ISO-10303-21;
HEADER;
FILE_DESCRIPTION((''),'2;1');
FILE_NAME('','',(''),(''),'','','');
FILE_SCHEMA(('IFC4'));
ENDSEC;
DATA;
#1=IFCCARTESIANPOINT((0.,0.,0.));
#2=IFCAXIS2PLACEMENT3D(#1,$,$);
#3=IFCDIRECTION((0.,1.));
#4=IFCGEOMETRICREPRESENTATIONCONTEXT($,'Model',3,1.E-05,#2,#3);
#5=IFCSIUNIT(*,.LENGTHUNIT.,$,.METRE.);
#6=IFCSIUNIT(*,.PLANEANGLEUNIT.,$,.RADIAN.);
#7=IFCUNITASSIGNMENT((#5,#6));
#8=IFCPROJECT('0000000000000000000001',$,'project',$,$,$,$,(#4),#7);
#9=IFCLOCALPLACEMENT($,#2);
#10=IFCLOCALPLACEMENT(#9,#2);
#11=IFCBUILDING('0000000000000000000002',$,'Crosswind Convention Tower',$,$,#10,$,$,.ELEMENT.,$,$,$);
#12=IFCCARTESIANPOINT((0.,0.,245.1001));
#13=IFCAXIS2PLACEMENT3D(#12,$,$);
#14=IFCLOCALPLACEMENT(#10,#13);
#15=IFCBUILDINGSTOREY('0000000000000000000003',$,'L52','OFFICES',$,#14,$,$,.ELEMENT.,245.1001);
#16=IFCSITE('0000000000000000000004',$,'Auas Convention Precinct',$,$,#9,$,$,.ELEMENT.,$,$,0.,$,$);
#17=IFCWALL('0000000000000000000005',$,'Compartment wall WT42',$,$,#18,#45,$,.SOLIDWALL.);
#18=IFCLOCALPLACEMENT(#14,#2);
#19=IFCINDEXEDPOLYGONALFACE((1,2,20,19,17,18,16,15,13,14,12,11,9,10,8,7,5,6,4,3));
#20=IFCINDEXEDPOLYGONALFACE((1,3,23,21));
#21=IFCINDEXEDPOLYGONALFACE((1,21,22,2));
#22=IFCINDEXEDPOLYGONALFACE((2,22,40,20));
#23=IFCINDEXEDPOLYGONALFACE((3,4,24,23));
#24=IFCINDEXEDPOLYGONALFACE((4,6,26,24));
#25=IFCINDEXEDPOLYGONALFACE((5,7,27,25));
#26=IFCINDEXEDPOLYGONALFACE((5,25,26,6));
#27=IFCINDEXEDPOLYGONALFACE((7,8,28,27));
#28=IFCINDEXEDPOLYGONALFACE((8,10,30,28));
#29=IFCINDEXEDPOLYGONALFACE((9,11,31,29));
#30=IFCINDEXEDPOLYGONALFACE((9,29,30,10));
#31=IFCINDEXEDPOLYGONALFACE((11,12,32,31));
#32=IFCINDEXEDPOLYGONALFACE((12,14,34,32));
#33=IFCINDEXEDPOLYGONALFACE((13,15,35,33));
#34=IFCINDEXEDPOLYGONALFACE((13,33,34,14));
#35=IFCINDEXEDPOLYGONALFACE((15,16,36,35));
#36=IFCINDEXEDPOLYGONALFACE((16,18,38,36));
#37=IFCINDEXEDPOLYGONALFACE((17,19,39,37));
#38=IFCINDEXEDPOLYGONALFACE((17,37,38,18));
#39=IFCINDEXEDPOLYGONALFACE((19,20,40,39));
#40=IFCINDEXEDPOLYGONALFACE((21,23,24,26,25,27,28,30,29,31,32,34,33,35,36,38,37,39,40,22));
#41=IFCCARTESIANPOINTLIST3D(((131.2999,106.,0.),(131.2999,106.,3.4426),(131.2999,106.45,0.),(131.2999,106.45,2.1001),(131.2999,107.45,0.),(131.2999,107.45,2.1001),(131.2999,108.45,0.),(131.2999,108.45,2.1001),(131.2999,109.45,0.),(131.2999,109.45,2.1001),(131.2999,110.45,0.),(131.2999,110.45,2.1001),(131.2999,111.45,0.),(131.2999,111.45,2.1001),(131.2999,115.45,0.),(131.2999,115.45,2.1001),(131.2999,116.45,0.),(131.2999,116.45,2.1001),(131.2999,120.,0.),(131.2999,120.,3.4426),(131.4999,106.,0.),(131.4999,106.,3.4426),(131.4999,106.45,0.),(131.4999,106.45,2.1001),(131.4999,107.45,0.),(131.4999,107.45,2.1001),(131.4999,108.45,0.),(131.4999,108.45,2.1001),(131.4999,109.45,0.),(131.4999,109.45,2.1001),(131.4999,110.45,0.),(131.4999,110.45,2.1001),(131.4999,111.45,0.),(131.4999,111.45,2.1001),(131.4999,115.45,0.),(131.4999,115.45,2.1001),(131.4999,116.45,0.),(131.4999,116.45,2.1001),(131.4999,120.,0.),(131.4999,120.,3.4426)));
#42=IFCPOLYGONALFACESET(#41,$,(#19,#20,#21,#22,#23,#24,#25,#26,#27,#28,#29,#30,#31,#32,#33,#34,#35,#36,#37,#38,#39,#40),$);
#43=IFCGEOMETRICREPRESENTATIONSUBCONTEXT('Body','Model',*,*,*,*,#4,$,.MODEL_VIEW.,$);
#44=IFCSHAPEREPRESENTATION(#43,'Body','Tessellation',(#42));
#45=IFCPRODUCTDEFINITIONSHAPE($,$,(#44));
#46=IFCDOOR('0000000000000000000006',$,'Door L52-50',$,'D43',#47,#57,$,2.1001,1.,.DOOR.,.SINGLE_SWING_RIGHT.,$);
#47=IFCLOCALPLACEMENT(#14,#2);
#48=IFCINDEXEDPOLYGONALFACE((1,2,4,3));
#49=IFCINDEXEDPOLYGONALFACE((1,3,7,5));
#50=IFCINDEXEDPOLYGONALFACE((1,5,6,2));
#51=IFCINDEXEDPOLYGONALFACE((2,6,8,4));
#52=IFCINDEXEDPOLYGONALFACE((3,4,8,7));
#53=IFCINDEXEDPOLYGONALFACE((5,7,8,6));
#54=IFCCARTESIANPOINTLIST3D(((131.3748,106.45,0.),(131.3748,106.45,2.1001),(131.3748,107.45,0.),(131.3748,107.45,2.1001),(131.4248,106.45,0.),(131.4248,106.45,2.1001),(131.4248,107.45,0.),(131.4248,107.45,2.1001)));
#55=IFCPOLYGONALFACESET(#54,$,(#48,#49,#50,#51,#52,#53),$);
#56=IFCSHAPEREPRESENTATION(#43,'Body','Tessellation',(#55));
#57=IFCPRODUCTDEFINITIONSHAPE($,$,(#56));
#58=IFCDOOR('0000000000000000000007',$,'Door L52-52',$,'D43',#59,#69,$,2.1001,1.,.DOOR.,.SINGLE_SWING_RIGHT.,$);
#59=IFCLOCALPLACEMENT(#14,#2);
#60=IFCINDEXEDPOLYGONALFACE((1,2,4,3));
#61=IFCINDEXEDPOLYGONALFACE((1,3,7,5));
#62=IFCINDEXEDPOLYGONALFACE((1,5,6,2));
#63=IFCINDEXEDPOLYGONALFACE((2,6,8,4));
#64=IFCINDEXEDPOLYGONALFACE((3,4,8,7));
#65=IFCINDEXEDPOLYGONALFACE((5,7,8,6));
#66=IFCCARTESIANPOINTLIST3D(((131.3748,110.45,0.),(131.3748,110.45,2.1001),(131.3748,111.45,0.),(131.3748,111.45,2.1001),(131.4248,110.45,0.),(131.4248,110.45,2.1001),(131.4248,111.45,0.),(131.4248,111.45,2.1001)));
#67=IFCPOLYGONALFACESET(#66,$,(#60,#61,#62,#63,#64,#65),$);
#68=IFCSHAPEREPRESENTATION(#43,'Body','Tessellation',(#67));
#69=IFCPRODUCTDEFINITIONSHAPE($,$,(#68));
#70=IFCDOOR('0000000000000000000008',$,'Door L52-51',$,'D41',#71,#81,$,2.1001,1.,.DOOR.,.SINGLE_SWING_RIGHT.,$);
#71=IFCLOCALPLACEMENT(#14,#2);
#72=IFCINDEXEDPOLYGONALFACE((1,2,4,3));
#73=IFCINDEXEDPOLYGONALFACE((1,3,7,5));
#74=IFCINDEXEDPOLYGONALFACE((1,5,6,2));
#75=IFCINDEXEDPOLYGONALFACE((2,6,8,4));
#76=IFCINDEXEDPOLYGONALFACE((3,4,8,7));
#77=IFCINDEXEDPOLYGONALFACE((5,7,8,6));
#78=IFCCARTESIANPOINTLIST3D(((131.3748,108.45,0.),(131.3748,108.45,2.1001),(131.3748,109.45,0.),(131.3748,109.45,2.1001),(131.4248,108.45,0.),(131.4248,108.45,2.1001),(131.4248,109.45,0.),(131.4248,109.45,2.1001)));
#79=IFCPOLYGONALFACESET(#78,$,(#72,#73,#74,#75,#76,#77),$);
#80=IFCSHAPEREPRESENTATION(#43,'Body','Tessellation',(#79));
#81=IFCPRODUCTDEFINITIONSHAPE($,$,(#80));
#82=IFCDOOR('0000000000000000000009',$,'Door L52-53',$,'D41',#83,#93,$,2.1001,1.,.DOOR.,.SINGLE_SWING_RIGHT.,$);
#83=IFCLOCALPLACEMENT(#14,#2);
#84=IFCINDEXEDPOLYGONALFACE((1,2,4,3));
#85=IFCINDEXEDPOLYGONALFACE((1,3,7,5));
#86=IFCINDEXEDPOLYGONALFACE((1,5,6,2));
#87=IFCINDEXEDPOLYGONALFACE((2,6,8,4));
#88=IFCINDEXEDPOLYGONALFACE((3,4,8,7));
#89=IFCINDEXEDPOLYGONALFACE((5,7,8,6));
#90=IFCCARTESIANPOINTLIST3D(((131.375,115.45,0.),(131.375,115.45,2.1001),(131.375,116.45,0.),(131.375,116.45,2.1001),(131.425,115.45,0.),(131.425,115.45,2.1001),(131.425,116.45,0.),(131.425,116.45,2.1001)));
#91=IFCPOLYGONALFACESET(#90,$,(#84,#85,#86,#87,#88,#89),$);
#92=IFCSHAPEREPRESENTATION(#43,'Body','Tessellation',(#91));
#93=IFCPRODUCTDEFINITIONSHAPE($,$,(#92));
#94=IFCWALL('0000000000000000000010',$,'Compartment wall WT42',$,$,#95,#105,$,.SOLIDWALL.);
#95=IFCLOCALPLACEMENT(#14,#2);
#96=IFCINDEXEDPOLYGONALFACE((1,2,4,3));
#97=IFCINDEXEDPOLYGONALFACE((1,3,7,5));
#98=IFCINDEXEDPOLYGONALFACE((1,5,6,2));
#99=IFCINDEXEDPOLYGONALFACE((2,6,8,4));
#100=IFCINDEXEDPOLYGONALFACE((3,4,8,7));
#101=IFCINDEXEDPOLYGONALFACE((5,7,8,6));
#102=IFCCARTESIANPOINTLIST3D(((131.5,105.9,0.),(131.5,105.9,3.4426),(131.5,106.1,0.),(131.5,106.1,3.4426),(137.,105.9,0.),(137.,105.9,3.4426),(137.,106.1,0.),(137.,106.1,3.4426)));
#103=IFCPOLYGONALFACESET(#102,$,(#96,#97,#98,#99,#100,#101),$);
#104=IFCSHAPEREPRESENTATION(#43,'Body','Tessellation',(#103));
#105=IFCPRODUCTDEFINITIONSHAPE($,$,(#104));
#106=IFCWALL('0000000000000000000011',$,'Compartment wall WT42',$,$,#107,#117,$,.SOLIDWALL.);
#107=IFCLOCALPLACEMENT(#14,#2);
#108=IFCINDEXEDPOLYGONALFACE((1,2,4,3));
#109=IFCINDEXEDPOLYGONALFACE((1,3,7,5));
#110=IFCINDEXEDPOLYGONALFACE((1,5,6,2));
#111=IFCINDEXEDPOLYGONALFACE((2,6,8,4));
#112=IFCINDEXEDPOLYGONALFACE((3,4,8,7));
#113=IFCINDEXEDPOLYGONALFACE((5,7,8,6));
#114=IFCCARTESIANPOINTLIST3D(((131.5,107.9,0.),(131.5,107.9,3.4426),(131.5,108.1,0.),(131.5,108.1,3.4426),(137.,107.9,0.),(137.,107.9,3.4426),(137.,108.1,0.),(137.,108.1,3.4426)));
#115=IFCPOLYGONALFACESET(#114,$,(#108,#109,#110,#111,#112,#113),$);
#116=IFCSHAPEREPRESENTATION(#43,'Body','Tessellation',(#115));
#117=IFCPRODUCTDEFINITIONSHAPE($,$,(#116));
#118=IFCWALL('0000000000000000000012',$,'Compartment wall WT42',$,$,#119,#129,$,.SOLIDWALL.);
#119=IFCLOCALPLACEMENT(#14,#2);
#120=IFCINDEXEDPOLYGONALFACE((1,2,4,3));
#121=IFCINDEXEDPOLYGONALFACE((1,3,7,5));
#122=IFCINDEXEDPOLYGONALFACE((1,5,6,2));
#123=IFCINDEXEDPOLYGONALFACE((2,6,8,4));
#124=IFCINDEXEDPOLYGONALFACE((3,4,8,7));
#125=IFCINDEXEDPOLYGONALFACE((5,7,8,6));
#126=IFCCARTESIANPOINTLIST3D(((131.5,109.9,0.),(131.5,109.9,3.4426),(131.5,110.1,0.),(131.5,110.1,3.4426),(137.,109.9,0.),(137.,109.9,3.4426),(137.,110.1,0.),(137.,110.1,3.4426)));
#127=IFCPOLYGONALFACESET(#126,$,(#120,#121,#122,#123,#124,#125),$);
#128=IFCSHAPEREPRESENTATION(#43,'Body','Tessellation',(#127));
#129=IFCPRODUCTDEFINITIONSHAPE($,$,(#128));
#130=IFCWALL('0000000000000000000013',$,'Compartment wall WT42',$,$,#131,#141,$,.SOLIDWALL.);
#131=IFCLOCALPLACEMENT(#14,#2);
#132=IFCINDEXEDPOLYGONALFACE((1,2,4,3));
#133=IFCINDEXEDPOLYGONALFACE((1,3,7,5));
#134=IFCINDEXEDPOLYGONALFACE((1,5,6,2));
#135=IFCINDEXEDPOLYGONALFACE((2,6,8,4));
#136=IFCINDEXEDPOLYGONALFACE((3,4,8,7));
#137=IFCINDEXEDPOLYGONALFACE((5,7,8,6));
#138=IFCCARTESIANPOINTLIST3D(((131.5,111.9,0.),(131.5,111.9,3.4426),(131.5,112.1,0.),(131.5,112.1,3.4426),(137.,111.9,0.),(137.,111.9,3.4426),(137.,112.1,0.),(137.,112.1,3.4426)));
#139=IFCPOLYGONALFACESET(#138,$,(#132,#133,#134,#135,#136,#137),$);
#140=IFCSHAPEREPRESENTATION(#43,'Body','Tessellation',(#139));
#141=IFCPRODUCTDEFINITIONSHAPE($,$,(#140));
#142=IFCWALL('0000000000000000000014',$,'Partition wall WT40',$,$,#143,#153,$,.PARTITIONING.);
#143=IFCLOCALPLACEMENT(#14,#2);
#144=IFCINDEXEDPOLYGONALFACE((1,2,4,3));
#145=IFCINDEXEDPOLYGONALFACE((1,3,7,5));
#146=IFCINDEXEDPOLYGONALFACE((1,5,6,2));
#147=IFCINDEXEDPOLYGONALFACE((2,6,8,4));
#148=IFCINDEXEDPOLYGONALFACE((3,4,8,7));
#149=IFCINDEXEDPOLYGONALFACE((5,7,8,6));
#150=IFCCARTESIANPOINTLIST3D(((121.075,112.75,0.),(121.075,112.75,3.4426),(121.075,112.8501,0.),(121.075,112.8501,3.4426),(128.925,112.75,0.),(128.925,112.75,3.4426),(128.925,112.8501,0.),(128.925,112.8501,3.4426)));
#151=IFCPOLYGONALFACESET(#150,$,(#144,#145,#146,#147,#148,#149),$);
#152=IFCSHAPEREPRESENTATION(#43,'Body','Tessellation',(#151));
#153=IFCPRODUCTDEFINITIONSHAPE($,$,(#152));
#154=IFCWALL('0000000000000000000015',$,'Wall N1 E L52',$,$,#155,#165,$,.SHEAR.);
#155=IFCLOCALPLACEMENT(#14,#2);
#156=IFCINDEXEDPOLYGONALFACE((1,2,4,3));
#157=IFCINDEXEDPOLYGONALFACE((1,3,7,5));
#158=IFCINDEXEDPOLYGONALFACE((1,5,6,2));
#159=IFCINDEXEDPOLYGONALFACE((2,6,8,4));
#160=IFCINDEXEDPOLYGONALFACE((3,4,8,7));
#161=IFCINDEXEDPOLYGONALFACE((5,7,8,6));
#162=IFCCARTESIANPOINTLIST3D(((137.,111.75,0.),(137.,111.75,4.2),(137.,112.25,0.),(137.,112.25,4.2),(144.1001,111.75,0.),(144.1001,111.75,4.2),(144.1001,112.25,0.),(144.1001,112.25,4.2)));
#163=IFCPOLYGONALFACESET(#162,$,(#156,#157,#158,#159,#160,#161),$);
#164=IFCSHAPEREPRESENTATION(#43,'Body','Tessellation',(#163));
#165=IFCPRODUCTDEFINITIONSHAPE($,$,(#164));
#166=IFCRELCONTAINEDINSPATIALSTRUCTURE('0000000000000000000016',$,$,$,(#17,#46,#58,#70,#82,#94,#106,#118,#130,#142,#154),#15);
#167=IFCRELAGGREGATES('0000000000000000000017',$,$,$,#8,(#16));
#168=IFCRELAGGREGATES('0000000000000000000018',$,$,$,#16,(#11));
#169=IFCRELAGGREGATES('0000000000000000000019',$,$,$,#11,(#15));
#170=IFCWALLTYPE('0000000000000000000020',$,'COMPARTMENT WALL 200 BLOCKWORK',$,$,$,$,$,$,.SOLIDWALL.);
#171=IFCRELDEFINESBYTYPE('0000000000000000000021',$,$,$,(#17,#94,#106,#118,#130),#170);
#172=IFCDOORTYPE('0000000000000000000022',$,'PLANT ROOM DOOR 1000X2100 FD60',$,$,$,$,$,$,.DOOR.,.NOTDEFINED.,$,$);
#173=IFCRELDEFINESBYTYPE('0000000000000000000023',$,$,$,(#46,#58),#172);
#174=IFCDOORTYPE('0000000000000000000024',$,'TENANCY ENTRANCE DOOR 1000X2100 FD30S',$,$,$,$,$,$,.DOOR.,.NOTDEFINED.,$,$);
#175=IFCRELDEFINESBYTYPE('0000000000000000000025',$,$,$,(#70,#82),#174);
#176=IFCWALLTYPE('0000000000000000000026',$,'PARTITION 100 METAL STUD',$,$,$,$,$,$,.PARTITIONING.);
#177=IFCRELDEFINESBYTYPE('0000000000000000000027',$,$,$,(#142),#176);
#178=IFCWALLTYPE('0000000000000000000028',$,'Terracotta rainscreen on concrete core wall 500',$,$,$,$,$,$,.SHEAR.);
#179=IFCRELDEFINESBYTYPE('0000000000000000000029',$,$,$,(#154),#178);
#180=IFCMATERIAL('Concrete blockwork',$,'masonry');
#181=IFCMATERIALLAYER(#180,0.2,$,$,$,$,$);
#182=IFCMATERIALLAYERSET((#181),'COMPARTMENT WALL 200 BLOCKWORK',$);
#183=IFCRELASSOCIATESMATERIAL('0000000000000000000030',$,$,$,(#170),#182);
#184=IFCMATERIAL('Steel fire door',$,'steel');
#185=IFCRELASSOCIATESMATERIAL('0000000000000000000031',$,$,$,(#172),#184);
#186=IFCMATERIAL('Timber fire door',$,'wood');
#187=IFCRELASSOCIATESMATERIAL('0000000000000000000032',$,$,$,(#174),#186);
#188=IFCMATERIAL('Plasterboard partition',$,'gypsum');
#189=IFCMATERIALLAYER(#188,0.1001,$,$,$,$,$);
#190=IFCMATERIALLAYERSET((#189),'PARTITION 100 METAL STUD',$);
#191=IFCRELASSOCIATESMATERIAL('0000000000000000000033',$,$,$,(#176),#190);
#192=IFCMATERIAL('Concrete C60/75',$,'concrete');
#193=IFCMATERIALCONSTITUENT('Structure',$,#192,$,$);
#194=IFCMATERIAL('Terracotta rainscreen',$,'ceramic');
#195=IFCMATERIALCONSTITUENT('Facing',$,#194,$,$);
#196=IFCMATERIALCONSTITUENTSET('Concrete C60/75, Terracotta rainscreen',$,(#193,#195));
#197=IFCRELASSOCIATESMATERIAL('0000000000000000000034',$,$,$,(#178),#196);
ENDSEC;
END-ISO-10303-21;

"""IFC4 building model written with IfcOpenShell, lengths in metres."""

from ifc_helpers import new_model, si_unit, direction, frame, frame_2d, origin, place, context, subcontext, project, spatial, rectangle, extrude, material, layer, layer_set, constituent, constituent_set, type_object, element, fill, save


model = new_model("IFC4")

# Units and contexts
model_context = context("Model", 3, precision=1e-05, world=origin(), true_north=direction((0.0, 1.0)))
body_context = subcontext(model_context, "Body", "Model", "MODEL_VIEW")
ifc_project = project(units=[si_unit("LENGTHUNIT", "METRE"), si_unit("PLANEANGLEUNIT", "RADIAN")], contexts=[model_context])

# Site, building, storey
site_placement = place(None, origin())
site = spatial("IfcSite", under=ifc_project, at=site_placement, Name="Auas Convention Precinct", CompositionType="ELEMENT", RefElevation=0.0)
building_placement = place(site_placement, origin())
building = spatial("IfcBuilding", under=site, at=building_placement, Name="Crosswind Convention Tower", CompositionType="ELEMENT")
storey_placement = place(building_placement, frame((0.0, 0.0, 245.1001)))
storey = spatial("IfcBuildingStorey", under=building, at=storey_placement, Name="L52", Description="OFFICES", CompositionType="ELEMENT", Elevation=245.1001)

# Shared definitions
ifc_material_1 = material(Name="Concrete C60/75", Category="concrete")

# Wall, openings, doors
ifc_material_2 = material(Name="Concrete blockwork", Category="masonry")
ifc_layer_1 = layer(ifc_material_2, 0.2)
ifc_layer_set_1 = layer_set([ifc_layer_1], Name="COMPARTMENT WALL 200 BLOCKWORK")
wall_type_1 = type_object("IfcWallType", Name="COMPARTMENT WALL 200 BLOCKWORK", PredefinedType="SOLIDWALL", material=ifc_layer_set_1)
wall_1_placement = place(storey_placement, frame((131.3999, 106.0, 0.0), z_axis=(0.0, 0.0, 1.0), x_axis=(0.0, 1.0, 0.0)))
wall_1 = element("IfcWall", 1, at=wall_1_placement, inside=storey, type_object=wall_type_1, Name="Compartment wall WT42", PredefinedType="SOLIDWALL", context=body_context, shape_type="SweptSolid", body=[
    extrude(rectangle(XDim=14.0, YDim=0.2, at=frame_2d((7.0, 0.0))), origin(), (0.0, 0.0, 1.0), 3.4426),
])
opening_1_placement = place(wall_1_placement, frame((0.45, 0.0, 0.0)))
opening_1 = element("IfcOpeningElement", 2, at=opening_1_placement, cuts=wall_1, PredefinedType="OPENING", context=body_context, shape_type="SweptSolid", body=[
    extrude(rectangle(XDim=1.0, YDim=2.1001, at=frame_2d((0.5, 1.05))), frame((0.0, 0.1099, 0.0), z_axis=(0.0, -1.0, 0.0), x_axis=(1.0, 0.0, 0.0)), (0.0, 0.0, 1.0), 0.22),
])
opening_2_placement = place(wall_1_placement, frame((2.45, 0.0, 0.0)))
opening_2 = element("IfcOpeningElement", 3, at=opening_2_placement, cuts=wall_1, PredefinedType="OPENING", context=body_context, shape_type="SweptSolid", body=[
    extrude(rectangle(XDim=1.0, YDim=2.1001, at=frame_2d((0.5, 1.05))), frame((0.0, 0.1099, 0.0), z_axis=(0.0, -1.0, 0.0), x_axis=(1.0, 0.0, 0.0)), (0.0, 0.0, 1.0), 0.22),
])
opening_3_placement = place(wall_1_placement, frame((4.45, 0.0, 0.0)))
opening_3 = element("IfcOpeningElement", 4, at=opening_3_placement, cuts=wall_1, PredefinedType="OPENING", context=body_context, shape_type="SweptSolid", body=[
    extrude(rectangle(XDim=1.0, YDim=2.1001, at=frame_2d((0.5, 1.05))), frame((0.0, 0.1099, 0.0), z_axis=(0.0, -1.0, 0.0), x_axis=(1.0, 0.0, 0.0)), (0.0, 0.0, 1.0), 0.22),
])
opening_4_placement = place(wall_1_placement, frame((9.45, 0.0, 0.0)))
opening_4 = element("IfcOpeningElement", 5, at=opening_4_placement, cuts=wall_1, PredefinedType="OPENING", context=body_context, shape_type="SweptSolid", body=[
    extrude(rectangle(XDim=1.0, YDim=2.1001, at=frame_2d((0.5, 1.05))), frame((0.0, 0.1099, 0.0), z_axis=(0.0, -1.0, 0.0), x_axis=(1.0, 0.0, 0.0)), (0.0, 0.0, 1.0), 0.22),
])
ifc_material_3 = material(Name="Steel fire door", Category="steel")
door_type_1 = type_object("IfcDoorType", Name="PLANT ROOM DOOR 1000X2100 FD60", OperationType="NOTDEFINED", PredefinedType="DOOR", material=ifc_material_3)
door_1_placement = place(opening_1_placement, frame((1.0, 0.0, 0.0), z_axis=(0.0, 0.0, 1.0), x_axis=(-1.0, 0.0, 0.0)))
door_1 = element("IfcDoor", 6, at=door_1_placement, inside=storey, type_object=door_type_1, Name="Door L52-50", ObjectType="D43", OperationType="SINGLE_SWING_RIGHT", OverallHeight=2.1001, OverallWidth=1.0, PredefinedType="DOOR", context=body_context, shape_type="SweptSolid", body=[
    extrude(rectangle(XDim=1.0, YDim=2.1001, at=frame_2d((0.5, 1.05))), frame((0.0, 0.0249, 0.0), z_axis=(0.0, -1.0, 0.0), x_axis=(1.0, 0.0, 0.0)), (0.0, 0.0, 1.0), 0.05),
])
fill(opening_1, door_1)
door_2_placement = place(opening_3_placement, frame((1.0, 0.0, 0.0), z_axis=(0.0, 0.0, 1.0), x_axis=(-1.0, 0.0, 0.0)))
door_2 = element("IfcDoor", 7, at=door_2_placement, inside=storey, type_object=door_type_1, Name="Door L52-52", ObjectType="D43", OperationType="SINGLE_SWING_RIGHT", OverallHeight=2.1001, OverallWidth=1.0, PredefinedType="DOOR", context=body_context, shape_type="SweptSolid", body=[
    extrude(rectangle(XDim=1.0, YDim=2.1001, at=frame_2d((0.5, 1.05))), frame((0.0, 0.0249, 0.0), z_axis=(0.0, -1.0, 0.0), x_axis=(1.0, 0.0, 0.0)), (0.0, 0.0, 1.0), 0.05),
])
fill(opening_3, door_2)
ifc_material_4 = material(Name="Timber fire door", Category="wood")
door_type_2 = type_object("IfcDoorType", Name="TENANCY ENTRANCE DOOR 1000X2100 FD30S", OperationType="NOTDEFINED", PredefinedType="DOOR", material=ifc_material_4)
door_3_placement = place(opening_2_placement, frame((1.0, 0.0, 0.0), z_axis=(0.0, 0.0, 1.0), x_axis=(-1.0, 0.0, 0.0)))
door_3 = element("IfcDoor", 8, at=door_3_placement, inside=storey, type_object=door_type_2, Name="Door L52-51", ObjectType="D41", OperationType="SINGLE_SWING_RIGHT", OverallHeight=2.1001, OverallWidth=1.0, PredefinedType="DOOR", context=body_context, shape_type="SweptSolid", body=[
    extrude(rectangle(XDim=1.0, YDim=2.1001, at=frame_2d((0.5, 1.05))), frame((0.0, 0.0249, 0.0), z_axis=(0.0, -1.0, 0.0), x_axis=(1.0, 0.0, 0.0)), (0.0, 0.0, 1.0), 0.05),
])
fill(opening_2, door_3)
door_4_placement = place(opening_4_placement, origin())
door_4 = element("IfcDoor", 9, at=door_4_placement, inside=storey, type_object=door_type_2, Name="Door L52-53", ObjectType="D41", OperationType="SINGLE_SWING_RIGHT", OverallHeight=2.1001, OverallWidth=1.0, PredefinedType="DOOR", context=body_context, shape_type="SweptSolid", body=[
    extrude(rectangle(XDim=1.0, YDim=2.1001, at=frame_2d((0.5, 1.05))), frame((0.0, 0.0249, 0.0), z_axis=(0.0, -1.0, 0.0), x_axis=(1.0, 0.0, 0.0)), (0.0, 0.0, 1.0), 0.05),
])
fill(opening_4, door_4)

# Walls
for number, where, z_axis, x_axis, name in (
    (10, (131.5, 106.0, 0.0), (0.0, 0.0, 1.0), (1.0, 0.0, 0.0), "Compartment wall WT42"),
    (11, (131.5, 108.0, 0.0), (0.0, 0.0, 1.0), (1.0, 0.0, 0.0), "Compartment wall WT42"),
    (12, (131.5, 110.0, 0.0), (0.0, 0.0, 1.0), (1.0, 0.0, 0.0), "Compartment wall WT42"),
    (13, (131.5, 112.0, 0.0), (0.0, 0.0, 1.0), (1.0, 0.0, 0.0), "Compartment wall WT42"),
):
    element("IfcWall", number, at=place(storey_placement, frame(where, z_axis=z_axis, x_axis=x_axis)), inside=storey, type_object=wall_type_1, Name=name, PredefinedType="SOLIDWALL", context=body_context, shape_type="SweptSolid", body=[
        extrude(rectangle(XDim=5.5, YDim=0.2, at=frame_2d((2.75, 0.0))), origin(), (0.0, 0.0, 1.0), 3.4426),
    ])
ifc_material_5 = material(Name="Plasterboard partition", Category="gypsum")
ifc_layer_2 = layer(ifc_material_5, 0.1001)
ifc_layer_set_2 = layer_set([ifc_layer_2], Name="PARTITION 100 METAL STUD")
wall_type_2 = type_object("IfcWallType", Name="PARTITION 100 METAL STUD", PredefinedType="PARTITIONING", material=ifc_layer_set_2)
wall_2_placement = place(storey_placement, frame((121.075, 112.8, 0.0), z_axis=(0.0, 0.0, 1.0), x_axis=(1.0, 0.0, 0.0)))
element("IfcWall", 14, at=wall_2_placement, inside=storey, type_object=wall_type_2, Name="Partition wall WT40", PredefinedType="PARTITIONING", context=body_context, shape_type="SweptSolid", body=[
    extrude(rectangle(XDim=7.8501, YDim=0.1001, at=frame_2d((3.925, 0.0))), origin(), (0.0, 0.0, 1.0), 3.4426),
])
ifc_constituent_1 = constituent(ifc_material_1, Name="Structure")
ifc_material_6 = material(Name="Terracotta rainscreen", Category="ceramic")
ifc_constituent_2 = constituent(ifc_material_6, Name="Facing")
ifc_constituent_set = constituent_set(constituents=[ifc_constituent_1, ifc_constituent_2], Name="Concrete C60/75, Terracotta rainscreen")
wall_type_3 = type_object("IfcWallType", Name="Terracotta rainscreen on concrete core wall 500", PredefinedType="SHEAR", material=ifc_constituent_set)
wall_3_placement = place(storey_placement, frame((137.0, 112.0, 0.0), z_axis=(0.0, 0.0, 1.0), x_axis=(1.0, 0.0, 0.0)))
element("IfcWall", 15, at=wall_3_placement, inside=storey, type_object=wall_type_3, Name="Wall N1 E L52", PredefinedType="SHEAR", context=body_context, shape_type="SweptSolid", body=[
    extrude(rectangle(XDim=7.1001, YDim=0.5, at=frame_2d((3.55, 0.0))), origin(), (0.0, 0.0, 1.0), 4.2),
])

save(model, "model.ifc")
